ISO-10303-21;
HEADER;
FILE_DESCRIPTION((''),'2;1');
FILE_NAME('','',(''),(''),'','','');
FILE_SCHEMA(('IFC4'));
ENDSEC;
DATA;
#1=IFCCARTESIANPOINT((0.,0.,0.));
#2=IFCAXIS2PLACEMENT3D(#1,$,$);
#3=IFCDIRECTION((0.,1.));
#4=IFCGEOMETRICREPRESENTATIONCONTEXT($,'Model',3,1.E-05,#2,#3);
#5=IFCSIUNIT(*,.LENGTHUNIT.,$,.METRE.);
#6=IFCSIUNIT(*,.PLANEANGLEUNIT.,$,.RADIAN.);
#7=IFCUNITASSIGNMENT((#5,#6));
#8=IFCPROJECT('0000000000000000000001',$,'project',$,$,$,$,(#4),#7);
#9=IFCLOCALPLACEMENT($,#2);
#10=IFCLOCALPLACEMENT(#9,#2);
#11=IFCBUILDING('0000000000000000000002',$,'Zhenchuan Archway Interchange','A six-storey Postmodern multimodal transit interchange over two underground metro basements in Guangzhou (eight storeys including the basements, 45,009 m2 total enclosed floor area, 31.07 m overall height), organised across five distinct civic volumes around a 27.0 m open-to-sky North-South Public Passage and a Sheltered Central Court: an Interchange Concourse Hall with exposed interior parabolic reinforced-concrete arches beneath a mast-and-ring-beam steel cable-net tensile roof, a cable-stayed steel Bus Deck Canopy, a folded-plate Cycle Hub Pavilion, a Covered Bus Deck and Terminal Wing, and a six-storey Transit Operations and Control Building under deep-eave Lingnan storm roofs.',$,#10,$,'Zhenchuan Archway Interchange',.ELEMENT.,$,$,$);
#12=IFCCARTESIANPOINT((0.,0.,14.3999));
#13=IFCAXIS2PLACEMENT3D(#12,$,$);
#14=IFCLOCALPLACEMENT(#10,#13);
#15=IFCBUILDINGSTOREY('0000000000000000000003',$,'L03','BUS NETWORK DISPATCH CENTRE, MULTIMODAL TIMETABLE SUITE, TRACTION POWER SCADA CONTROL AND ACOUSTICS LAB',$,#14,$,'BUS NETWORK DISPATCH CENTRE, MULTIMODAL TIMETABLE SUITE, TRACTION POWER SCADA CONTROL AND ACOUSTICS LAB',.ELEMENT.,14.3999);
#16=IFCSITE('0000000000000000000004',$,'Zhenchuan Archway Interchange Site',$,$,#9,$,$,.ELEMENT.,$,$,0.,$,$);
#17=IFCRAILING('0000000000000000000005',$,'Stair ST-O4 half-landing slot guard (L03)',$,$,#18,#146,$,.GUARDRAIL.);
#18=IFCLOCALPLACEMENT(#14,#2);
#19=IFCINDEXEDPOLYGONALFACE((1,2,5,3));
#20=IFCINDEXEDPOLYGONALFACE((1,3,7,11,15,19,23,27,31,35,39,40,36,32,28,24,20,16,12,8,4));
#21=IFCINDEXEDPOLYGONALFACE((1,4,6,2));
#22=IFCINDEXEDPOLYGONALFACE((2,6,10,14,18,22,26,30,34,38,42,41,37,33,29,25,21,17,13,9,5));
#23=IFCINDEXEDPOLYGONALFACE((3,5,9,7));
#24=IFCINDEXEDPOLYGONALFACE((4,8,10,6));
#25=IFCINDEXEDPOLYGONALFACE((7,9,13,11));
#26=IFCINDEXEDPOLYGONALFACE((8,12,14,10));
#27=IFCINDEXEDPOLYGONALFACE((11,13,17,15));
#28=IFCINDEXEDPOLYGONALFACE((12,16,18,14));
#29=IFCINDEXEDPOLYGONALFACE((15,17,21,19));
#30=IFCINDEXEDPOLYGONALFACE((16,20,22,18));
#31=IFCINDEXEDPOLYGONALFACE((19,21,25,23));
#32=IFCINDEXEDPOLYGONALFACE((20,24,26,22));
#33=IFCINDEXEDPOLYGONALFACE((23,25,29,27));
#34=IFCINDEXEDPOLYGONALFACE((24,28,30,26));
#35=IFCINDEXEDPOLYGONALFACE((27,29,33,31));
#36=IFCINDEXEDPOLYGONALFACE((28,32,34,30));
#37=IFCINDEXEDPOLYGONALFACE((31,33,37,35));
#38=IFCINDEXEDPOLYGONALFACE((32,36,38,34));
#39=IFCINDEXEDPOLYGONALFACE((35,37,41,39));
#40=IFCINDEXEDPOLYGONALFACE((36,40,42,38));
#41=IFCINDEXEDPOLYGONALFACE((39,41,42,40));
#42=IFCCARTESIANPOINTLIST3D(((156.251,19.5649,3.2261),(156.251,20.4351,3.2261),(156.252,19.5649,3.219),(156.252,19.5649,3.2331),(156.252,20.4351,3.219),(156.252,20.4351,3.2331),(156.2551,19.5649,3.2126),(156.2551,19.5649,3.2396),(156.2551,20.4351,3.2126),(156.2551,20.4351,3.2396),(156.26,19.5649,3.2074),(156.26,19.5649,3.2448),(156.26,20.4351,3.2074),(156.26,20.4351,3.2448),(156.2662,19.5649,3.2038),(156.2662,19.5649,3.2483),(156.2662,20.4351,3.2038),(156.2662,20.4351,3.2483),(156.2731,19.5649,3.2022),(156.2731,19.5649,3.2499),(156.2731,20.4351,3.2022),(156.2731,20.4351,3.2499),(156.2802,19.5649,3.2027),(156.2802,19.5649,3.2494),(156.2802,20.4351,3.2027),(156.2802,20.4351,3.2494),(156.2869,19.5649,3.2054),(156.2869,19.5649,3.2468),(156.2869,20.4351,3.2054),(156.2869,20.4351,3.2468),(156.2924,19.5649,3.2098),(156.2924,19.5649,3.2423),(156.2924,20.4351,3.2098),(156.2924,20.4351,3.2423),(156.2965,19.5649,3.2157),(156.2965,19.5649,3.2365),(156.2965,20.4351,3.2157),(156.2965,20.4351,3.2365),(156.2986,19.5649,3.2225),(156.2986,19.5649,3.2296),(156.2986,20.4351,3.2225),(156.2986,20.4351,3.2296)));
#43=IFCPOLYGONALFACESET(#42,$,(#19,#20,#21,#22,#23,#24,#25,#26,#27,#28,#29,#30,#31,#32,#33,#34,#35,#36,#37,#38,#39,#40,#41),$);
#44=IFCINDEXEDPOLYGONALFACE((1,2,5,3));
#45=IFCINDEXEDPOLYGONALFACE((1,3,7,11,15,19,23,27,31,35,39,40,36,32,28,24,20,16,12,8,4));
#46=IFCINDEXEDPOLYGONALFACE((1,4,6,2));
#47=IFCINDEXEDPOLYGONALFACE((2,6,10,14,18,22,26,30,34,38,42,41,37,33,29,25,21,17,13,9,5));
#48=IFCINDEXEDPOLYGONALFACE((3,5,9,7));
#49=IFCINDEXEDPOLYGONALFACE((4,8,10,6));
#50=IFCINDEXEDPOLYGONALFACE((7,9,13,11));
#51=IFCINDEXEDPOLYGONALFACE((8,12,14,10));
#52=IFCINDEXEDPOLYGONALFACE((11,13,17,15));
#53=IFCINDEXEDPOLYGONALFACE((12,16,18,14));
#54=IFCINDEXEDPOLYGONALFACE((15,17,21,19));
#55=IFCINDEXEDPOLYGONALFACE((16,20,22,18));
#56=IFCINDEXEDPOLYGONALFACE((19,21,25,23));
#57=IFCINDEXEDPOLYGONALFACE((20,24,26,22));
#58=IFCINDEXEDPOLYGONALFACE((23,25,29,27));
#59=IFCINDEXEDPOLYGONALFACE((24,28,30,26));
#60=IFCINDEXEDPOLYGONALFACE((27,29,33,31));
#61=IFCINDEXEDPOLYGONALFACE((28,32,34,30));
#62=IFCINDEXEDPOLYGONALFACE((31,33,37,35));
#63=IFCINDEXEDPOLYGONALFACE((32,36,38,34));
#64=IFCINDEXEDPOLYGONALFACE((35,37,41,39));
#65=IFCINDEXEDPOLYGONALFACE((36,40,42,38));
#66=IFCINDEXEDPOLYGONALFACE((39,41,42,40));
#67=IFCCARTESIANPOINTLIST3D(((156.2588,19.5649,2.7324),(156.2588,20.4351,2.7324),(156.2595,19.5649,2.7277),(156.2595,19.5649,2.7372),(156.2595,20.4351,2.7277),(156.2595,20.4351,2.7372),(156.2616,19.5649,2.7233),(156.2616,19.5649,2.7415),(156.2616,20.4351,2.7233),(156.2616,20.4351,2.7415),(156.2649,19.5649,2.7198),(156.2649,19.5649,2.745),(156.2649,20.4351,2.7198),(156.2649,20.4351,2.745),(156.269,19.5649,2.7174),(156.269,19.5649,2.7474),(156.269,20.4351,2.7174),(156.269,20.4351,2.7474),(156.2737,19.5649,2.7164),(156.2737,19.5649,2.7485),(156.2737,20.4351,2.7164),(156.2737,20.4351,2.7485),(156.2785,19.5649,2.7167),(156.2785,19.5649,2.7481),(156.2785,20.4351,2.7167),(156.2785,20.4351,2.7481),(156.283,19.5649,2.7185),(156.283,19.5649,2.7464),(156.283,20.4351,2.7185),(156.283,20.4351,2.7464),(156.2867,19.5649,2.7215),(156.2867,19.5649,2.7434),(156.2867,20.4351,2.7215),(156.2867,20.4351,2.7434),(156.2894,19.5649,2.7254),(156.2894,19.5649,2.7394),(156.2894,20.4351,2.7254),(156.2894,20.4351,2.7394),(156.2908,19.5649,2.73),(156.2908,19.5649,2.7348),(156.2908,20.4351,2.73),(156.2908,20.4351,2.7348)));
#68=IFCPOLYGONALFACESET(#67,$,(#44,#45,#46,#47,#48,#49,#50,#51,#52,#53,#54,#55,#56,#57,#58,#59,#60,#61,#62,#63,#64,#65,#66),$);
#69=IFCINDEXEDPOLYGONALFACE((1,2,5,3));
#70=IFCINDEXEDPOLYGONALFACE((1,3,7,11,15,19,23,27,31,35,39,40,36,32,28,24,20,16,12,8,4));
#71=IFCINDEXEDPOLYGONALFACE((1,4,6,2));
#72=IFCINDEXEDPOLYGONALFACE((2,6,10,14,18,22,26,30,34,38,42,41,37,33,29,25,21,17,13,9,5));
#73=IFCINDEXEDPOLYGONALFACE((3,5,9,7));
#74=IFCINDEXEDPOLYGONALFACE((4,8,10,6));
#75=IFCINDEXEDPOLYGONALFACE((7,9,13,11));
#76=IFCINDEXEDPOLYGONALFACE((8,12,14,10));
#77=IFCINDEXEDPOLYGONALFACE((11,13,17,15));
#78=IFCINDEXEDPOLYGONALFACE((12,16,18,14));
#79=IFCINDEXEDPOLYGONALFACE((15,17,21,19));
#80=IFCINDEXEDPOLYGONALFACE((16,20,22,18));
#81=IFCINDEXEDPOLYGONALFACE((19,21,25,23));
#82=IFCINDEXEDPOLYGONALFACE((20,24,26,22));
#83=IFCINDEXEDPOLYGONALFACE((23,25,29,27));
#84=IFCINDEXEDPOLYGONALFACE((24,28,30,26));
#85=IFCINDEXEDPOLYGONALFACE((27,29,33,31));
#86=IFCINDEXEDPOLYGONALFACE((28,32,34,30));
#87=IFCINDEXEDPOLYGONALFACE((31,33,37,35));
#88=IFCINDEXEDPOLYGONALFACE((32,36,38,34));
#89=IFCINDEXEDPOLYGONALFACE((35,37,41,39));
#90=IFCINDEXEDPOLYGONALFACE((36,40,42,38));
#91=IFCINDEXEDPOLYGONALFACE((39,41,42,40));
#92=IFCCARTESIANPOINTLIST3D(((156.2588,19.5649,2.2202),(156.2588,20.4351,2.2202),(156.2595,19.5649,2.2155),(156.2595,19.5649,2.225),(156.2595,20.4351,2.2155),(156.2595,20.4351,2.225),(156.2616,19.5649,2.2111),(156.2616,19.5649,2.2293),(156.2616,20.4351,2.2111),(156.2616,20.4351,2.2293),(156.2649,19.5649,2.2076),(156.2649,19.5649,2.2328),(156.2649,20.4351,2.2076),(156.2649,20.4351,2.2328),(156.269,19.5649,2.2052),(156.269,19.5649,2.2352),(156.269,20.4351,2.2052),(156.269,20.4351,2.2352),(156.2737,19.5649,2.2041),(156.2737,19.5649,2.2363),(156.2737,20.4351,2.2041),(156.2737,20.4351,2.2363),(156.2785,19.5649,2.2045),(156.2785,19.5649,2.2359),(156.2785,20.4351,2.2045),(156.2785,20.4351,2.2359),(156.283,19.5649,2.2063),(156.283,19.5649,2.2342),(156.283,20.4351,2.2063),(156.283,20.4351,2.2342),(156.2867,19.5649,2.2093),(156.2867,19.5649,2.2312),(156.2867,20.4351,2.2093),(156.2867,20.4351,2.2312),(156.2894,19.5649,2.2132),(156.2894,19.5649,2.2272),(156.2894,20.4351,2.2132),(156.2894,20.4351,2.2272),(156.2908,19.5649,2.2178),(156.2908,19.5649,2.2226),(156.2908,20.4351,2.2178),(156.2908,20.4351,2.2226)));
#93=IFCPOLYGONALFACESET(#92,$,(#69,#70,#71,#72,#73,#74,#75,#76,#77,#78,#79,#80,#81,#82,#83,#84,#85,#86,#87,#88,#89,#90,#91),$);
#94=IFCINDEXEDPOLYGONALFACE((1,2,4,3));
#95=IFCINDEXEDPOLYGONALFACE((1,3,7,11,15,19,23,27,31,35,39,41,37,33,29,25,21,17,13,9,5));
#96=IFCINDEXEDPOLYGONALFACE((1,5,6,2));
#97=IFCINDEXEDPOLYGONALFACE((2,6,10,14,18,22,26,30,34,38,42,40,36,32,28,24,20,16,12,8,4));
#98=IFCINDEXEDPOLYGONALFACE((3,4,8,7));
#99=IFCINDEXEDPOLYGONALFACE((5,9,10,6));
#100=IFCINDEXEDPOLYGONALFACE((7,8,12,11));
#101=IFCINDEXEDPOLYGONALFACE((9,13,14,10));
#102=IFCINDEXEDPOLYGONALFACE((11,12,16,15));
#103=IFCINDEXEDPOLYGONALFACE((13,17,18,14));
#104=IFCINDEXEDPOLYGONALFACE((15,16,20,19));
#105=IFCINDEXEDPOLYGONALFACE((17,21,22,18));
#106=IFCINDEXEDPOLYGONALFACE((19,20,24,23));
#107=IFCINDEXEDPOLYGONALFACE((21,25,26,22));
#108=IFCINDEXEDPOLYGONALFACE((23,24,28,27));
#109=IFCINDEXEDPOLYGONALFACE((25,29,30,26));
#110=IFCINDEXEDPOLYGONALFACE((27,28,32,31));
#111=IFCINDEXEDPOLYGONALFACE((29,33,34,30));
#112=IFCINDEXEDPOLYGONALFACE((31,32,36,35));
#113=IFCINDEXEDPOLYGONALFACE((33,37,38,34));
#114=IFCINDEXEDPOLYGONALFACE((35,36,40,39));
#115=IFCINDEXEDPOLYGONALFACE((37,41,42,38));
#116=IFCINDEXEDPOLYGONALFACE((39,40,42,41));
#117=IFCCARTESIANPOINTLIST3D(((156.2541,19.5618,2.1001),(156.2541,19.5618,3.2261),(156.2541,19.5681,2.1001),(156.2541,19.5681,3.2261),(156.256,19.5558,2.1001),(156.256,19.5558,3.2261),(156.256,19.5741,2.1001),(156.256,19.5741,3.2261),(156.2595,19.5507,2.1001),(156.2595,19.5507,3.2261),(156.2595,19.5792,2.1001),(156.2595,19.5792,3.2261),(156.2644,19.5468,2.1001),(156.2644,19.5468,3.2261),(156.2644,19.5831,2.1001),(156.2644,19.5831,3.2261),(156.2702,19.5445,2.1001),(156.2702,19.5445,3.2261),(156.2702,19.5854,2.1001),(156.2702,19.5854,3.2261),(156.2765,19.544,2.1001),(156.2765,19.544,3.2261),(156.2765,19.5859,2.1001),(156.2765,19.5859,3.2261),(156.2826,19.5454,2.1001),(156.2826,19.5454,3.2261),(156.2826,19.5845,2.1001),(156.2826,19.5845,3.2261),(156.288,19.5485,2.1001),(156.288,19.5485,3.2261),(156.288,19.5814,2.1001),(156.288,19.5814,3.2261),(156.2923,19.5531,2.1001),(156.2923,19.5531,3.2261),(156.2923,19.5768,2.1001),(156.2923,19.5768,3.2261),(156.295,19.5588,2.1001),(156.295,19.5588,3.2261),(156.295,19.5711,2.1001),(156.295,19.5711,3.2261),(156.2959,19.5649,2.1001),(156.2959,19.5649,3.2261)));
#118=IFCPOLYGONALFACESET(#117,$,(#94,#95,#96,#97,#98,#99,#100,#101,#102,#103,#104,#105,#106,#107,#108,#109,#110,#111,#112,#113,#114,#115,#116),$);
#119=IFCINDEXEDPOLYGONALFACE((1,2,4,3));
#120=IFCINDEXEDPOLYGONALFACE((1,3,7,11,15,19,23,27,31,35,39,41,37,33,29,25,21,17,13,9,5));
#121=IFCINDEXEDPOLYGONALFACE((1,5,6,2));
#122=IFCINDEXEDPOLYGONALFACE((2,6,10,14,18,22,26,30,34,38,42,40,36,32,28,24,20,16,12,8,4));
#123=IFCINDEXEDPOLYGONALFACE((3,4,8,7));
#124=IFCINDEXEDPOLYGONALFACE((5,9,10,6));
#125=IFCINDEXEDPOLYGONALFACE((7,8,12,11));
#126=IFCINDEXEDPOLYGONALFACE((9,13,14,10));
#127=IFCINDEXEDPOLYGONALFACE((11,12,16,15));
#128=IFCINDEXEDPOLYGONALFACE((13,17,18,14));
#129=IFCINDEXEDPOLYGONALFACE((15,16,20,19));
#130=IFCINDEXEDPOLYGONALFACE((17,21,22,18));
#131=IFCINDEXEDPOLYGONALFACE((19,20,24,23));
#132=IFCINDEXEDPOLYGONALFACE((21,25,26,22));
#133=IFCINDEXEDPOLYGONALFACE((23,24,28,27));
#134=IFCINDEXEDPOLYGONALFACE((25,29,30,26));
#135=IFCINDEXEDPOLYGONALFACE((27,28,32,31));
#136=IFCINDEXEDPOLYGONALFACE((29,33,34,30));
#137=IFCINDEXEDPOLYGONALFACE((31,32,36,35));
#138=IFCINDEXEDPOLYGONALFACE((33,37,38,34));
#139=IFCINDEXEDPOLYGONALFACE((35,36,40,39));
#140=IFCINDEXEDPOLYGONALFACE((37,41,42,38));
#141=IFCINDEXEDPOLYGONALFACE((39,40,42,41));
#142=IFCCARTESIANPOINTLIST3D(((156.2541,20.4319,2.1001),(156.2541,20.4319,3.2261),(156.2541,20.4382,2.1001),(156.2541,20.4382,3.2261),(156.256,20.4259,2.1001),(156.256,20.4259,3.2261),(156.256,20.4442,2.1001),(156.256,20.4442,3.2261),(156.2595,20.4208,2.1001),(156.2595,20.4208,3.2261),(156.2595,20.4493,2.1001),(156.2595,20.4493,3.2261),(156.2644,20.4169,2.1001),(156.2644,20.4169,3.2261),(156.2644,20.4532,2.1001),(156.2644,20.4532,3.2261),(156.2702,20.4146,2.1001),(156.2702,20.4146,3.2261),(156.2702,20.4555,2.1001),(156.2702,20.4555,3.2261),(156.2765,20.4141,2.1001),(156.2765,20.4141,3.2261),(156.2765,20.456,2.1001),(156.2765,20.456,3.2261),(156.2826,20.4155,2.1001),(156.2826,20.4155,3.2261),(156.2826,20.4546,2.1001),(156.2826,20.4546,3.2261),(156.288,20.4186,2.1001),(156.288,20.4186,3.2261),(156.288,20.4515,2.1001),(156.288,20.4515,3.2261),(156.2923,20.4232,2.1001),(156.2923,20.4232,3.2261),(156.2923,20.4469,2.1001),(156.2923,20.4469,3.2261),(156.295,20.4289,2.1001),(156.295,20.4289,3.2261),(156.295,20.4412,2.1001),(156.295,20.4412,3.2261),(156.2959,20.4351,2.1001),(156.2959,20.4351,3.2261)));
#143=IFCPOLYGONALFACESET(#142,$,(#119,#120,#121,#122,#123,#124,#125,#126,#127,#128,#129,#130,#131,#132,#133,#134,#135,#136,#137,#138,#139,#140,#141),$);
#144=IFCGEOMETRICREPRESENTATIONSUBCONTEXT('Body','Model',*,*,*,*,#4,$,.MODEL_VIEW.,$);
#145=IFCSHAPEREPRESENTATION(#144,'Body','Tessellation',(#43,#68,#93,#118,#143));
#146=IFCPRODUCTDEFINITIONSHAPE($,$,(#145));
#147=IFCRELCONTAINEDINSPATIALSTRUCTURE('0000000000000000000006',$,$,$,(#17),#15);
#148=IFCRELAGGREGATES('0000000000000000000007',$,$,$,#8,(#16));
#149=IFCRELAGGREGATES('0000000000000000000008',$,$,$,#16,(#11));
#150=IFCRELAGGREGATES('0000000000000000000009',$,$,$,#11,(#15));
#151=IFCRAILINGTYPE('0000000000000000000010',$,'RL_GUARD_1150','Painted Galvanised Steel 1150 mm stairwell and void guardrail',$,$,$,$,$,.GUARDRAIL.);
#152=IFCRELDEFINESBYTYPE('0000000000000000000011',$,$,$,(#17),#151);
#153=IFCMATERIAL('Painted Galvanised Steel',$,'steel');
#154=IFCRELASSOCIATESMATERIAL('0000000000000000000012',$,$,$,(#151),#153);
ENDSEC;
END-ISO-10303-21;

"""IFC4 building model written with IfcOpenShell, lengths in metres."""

from ifc_helpers import new_model, si_unit, direction, frame, origin, origin_2d, place, context, subcontext, project, spatial, circle, extrude, material, type_object, element, save


model = new_model("IFC4")

# Units and contexts
model_context = context("Model", 3, precision=1e-05, world=origin(), true_north=direction((0.0, 1.0)))
body_context = subcontext(model_context, "Body", "Model", "MODEL_VIEW")
ifc_project = project(units=[si_unit("LENGTHUNIT", "METRE"), si_unit("PLANEANGLEUNIT", "RADIAN")], contexts=[model_context])

# Site, building, storey
site_placement = place(None, origin())
site = spatial("IfcSite", under=ifc_project, at=site_placement, Name="Zhenchuan Archway Interchange Site", CompositionType="ELEMENT", RefElevation=0.0)
building_placement = place(site_placement, origin())
building = spatial("IfcBuilding", under=site, at=building_placement, Name="Zhenchuan Archway Interchange", Description="A six-storey Postmodern multimodal transit interchange over two underground metro basements in Guangzhou (eight storeys including the basements, 45,009 m2 total enclosed floor area, 31.07 m overall height), organised across five distinct civic volumes around a 27.0 m open-to-sky North-South Public Passage and a Sheltered Central Court: an Interchange Concourse Hall with exposed interior parabolic reinforced-concrete arches beneath a mast-and-ring-beam steel cable-net tensile roof, a cable-stayed steel Bus Deck Canopy, a folded-plate Cycle Hub Pavilion, a Covered Bus Deck and Terminal Wing, and a six-storey Transit Operations and Control Building under deep-eave Lingnan storm roofs.", LongName="Zhenchuan Archway Interchange", CompositionType="ELEMENT")
storey_placement = place(building_placement, frame((0.0, 0.0, 14.3999)))
storey = spatial("IfcBuildingStorey", under=building, at=storey_placement, Name="L03", Description="BUS NETWORK DISPATCH CENTRE, MULTIMODAL TIMETABLE SUITE, TRACTION POWER SCADA CONTROL AND ACOUSTICS LAB", LongName="BUS NETWORK DISPATCH CENTRE, MULTIMODAL TIMETABLE SUITE, TRACTION POWER SCADA CONTROL AND ACOUSTICS LAB", CompositionType="ELEMENT", Elevation=14.3999)

# Shared definitions
ifc_material_1 = material(Name="Painted Galvanised Steel", Category="steel")

# Railing
railing_type_1 = type_object("IfcRailingType", Name="RL_GUARD_1150", Description="Painted Galvanised Steel 1150 mm stairwell and void guardrail", PredefinedType="GUARDRAIL", material=ifc_material_1)
for number, where, name in (
    (1, (156.2749, 19.5649, 2.1001), "Stair ST-O4 half-landing slot guard (L03)"),
):
    element("IfcRailing", number, at=place(storey_placement, frame(where)), inside=storey, type_object=railing_type_1, Name=name, PredefinedType="GUARDRAIL", context=body_context, shape_type="SweptSolid", body=[
        extrude(circle(Radius=0.0239, at=origin_2d()), frame((0.0, 0.0, 1.126), z_axis=(0.0, 1.0, 0.0), x_axis=(-1.0, 0.0, 0.0)), (0.0, 0.0, 1.0), 0.8701),
        extrude(circle(Radius=0.0161, at=origin_2d()), frame((0.0, 0.0, 0.6323), z_axis=(0.0, 1.0, 0.0), x_axis=(-1.0, 0.0, 0.0)), (0.0, 0.0, 1.0), 0.8701),
        extrude(circle(Radius=0.0161, at=origin_2d()), frame((0.0, 0.0, 0.1201), z_axis=(0.0, 1.0, 0.0), x_axis=(-1.0, 0.0, 0.0)), (0.0, 0.0, 1.0), 0.8701),
        extrude(circle(Radius=0.021, at=origin_2d()), origin(), (0.0, 0.0, 1.0), 1.126),
        extrude(circle(Radius=0.021, at=origin_2d()), frame((0.0, 0.8701, 0.0)), (0.0, 0.0, 1.0), 1.126),
    ])

save(model, "model.ifc")
